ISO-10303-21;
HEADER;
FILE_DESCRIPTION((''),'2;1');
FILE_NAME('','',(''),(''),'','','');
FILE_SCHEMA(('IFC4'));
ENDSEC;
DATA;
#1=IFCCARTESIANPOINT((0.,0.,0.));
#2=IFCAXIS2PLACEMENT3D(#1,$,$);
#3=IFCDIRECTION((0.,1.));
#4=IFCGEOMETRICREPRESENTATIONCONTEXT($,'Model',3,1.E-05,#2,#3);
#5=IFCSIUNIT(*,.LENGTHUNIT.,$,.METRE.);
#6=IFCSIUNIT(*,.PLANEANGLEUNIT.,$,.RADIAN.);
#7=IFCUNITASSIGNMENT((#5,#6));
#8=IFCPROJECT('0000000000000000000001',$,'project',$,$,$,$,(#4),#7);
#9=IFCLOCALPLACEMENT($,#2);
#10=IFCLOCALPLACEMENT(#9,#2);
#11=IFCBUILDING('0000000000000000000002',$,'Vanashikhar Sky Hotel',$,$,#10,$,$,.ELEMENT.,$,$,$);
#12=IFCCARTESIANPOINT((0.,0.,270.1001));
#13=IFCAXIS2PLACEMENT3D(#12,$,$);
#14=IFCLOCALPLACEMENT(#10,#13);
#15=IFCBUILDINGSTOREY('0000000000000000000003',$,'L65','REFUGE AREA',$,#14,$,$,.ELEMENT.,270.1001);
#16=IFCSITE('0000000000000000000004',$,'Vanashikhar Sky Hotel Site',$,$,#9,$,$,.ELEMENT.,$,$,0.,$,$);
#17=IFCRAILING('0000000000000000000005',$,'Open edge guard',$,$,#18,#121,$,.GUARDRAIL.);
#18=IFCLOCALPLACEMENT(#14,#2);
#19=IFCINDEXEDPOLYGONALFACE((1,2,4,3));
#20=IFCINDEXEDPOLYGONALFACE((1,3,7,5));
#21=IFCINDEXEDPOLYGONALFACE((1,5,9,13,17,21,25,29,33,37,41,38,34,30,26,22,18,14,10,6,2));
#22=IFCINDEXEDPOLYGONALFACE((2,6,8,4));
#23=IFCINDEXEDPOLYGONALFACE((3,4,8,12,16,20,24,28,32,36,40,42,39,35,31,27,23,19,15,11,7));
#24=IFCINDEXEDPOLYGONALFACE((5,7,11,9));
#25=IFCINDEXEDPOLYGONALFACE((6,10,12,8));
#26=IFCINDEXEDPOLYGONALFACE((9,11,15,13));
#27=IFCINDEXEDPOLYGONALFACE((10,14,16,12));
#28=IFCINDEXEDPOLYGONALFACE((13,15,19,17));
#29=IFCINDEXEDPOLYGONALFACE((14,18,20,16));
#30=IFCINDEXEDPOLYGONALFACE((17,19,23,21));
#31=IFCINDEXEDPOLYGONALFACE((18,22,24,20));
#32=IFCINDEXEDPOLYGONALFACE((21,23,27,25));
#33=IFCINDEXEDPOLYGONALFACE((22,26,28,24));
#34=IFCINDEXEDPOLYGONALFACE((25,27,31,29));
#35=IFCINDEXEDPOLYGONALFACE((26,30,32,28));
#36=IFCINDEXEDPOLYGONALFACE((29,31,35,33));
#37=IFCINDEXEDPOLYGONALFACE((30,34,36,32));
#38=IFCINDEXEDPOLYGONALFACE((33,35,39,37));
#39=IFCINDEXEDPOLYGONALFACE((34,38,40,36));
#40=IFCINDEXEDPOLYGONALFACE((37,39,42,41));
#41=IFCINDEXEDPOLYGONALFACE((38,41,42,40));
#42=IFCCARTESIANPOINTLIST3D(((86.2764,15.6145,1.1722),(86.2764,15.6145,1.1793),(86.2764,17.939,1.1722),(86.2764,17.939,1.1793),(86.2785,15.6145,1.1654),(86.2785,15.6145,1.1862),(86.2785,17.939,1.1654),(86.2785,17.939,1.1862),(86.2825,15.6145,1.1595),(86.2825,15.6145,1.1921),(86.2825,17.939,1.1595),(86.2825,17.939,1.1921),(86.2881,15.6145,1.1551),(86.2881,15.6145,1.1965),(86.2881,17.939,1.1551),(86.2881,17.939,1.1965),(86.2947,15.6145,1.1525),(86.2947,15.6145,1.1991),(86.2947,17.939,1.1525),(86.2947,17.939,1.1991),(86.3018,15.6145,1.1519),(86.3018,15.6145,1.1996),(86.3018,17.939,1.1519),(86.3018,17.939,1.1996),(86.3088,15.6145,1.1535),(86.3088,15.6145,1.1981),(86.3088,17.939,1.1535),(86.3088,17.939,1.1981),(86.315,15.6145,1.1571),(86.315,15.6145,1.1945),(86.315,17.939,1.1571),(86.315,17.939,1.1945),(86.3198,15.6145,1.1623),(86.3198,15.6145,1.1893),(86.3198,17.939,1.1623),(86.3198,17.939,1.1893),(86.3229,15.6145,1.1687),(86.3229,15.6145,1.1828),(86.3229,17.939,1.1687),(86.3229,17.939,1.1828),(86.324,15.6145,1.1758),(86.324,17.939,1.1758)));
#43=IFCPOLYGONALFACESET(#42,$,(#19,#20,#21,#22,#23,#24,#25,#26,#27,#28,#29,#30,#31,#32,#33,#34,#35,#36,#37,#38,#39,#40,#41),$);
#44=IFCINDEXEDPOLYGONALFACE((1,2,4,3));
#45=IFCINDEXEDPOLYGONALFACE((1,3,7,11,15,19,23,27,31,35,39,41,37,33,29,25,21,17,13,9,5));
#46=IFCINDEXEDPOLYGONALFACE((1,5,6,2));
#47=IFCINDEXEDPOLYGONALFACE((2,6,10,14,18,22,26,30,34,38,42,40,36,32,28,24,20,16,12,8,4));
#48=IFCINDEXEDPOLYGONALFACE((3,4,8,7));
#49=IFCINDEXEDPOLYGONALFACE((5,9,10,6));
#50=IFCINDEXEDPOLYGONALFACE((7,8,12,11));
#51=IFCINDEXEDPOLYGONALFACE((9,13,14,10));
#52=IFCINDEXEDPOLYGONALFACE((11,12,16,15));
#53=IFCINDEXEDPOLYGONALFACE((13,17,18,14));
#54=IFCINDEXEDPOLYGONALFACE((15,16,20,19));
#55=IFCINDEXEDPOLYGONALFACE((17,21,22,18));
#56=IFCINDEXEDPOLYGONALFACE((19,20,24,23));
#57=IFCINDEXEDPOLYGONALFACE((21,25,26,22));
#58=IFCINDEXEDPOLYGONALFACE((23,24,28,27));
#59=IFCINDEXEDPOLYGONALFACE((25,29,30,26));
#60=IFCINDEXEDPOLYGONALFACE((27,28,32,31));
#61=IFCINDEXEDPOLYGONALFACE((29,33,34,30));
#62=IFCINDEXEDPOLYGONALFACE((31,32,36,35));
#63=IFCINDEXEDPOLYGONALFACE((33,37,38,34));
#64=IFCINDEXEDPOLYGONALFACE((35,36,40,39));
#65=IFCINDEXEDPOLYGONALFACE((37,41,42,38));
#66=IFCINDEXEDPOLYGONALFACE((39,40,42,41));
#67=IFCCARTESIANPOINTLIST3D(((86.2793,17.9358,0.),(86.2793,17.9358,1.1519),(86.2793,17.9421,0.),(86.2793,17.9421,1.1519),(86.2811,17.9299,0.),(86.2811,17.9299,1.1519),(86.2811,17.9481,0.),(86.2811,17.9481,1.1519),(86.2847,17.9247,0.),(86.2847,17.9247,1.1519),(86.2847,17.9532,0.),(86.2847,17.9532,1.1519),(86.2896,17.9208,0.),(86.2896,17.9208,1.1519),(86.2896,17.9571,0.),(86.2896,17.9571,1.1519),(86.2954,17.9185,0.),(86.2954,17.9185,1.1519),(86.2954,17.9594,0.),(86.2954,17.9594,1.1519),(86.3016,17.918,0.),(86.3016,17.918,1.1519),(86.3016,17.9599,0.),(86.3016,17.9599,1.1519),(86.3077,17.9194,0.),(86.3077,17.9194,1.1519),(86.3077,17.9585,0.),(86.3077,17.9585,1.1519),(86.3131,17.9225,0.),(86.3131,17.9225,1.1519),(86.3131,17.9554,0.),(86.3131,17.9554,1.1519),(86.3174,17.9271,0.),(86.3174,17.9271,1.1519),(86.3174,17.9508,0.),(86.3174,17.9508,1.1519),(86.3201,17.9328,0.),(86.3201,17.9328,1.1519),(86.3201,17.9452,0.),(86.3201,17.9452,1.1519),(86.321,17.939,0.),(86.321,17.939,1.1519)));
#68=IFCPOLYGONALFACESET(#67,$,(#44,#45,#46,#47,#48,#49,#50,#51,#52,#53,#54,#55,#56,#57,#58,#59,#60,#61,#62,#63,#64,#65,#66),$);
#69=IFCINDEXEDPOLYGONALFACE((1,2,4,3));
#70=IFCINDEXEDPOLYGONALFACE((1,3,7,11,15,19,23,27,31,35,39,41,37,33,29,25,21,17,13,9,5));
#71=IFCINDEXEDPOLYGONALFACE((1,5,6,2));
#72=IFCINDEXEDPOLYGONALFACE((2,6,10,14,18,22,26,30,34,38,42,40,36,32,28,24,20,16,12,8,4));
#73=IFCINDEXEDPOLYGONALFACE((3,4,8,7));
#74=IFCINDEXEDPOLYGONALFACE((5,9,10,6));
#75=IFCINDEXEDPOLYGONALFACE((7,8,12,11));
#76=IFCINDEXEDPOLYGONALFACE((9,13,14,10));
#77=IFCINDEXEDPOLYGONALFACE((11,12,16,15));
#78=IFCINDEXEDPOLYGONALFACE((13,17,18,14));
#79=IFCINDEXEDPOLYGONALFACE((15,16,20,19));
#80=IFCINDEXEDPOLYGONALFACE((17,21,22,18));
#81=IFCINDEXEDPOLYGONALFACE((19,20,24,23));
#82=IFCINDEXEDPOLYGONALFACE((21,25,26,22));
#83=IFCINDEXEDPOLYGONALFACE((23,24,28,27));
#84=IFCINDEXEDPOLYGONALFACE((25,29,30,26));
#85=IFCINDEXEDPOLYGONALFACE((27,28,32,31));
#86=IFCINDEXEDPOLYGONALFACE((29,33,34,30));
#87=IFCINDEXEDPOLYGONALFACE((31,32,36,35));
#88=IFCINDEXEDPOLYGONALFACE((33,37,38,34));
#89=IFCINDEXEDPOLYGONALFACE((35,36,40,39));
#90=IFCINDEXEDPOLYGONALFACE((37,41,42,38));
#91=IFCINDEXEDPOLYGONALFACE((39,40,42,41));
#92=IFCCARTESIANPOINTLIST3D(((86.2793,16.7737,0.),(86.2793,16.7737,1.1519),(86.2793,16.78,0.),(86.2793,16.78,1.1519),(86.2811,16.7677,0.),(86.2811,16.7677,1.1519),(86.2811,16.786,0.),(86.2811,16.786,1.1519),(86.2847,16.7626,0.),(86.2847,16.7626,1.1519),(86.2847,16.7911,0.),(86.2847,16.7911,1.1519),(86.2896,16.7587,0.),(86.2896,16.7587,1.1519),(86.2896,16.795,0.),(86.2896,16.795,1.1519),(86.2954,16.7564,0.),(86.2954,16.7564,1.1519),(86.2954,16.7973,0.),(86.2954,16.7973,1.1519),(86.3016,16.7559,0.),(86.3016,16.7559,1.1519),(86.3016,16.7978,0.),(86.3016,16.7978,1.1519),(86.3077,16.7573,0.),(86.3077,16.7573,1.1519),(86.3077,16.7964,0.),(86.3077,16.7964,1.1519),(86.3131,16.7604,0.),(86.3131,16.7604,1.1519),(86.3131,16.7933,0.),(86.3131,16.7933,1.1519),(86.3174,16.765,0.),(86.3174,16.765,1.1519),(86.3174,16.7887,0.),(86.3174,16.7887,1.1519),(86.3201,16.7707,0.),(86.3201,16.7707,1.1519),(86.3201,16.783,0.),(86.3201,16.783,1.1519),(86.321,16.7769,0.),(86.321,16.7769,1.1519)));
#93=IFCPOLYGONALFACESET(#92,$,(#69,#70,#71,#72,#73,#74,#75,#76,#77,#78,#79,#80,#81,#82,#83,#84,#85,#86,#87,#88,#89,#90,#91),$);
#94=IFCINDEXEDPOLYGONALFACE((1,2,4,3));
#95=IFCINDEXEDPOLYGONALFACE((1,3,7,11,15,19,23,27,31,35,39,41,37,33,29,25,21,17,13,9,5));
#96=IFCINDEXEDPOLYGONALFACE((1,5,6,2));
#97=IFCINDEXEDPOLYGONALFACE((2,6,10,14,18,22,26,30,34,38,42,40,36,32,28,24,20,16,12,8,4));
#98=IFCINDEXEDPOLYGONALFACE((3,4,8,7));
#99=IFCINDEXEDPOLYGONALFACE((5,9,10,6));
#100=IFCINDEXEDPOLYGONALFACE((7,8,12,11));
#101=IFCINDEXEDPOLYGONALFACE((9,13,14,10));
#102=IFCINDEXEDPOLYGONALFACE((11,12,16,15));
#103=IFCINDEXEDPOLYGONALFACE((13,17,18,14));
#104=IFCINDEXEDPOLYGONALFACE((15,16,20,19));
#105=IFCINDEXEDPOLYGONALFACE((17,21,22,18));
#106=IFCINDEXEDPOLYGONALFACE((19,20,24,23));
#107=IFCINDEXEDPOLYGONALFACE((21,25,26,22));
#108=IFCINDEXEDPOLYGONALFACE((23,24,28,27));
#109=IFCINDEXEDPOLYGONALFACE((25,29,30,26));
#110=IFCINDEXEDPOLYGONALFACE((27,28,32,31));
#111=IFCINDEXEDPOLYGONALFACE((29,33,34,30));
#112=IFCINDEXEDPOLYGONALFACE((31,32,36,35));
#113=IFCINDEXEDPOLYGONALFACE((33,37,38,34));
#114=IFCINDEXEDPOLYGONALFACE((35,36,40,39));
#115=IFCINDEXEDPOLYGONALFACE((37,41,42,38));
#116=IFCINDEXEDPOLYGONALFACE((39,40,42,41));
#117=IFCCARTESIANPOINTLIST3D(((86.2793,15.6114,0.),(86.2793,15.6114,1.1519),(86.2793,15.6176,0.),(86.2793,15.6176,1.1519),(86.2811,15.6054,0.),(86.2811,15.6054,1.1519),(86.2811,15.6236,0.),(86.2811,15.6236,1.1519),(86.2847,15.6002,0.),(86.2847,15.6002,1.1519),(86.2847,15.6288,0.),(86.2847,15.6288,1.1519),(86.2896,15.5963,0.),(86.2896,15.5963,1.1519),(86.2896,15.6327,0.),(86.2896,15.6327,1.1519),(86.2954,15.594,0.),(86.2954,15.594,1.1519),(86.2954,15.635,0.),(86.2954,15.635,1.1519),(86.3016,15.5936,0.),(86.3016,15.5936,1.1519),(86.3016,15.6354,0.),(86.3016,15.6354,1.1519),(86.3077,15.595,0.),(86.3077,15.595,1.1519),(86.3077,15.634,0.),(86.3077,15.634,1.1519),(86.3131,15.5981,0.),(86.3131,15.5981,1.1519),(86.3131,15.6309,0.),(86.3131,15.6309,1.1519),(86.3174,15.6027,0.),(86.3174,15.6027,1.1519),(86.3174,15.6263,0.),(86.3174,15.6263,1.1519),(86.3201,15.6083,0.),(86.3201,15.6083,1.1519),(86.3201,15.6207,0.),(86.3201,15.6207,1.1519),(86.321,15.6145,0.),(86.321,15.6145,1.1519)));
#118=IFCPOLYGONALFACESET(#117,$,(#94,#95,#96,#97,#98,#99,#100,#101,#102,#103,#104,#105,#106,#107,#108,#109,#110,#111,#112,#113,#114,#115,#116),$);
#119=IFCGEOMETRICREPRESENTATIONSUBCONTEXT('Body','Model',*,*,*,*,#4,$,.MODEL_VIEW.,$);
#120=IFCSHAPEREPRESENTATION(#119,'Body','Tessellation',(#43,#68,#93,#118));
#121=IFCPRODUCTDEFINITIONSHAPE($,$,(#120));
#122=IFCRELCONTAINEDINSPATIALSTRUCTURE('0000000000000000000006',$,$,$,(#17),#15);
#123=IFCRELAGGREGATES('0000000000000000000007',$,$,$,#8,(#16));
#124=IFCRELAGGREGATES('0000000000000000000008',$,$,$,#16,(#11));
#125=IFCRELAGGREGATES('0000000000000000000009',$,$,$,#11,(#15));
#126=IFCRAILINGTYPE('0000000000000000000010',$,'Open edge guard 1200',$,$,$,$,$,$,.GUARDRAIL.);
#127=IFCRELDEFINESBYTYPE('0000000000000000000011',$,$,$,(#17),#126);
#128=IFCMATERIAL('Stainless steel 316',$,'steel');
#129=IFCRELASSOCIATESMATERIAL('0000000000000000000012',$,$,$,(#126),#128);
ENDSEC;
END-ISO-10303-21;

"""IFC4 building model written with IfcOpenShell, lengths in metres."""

from ifc_helpers import new_model, si_unit, direction, frame, origin, origin_2d, place, context, subcontext, project, spatial, circle, extrude, source, transform, mapped, material, type_object, element, save


model = new_model("IFC4")

# Units and contexts
model_context = context("Model", 3, precision=1e-05, world=origin(), true_north=direction((0.0, 1.0)))
body_context = subcontext(model_context, "Body", "Model", "MODEL_VIEW")
ifc_project = project(units=[si_unit("LENGTHUNIT", "METRE"), si_unit("PLANEANGLEUNIT", "RADIAN")], contexts=[model_context])

# Site, building, storey
site_placement = place(None, origin())
site = spatial("IfcSite", under=ifc_project, at=site_placement, Name="Vanashikhar Sky Hotel Site", CompositionType="ELEMENT", RefElevation=0.0)
building_placement = place(site_placement, origin())
building = spatial("IfcBuilding", under=site, at=building_placement, Name="Vanashikhar Sky Hotel", CompositionType="ELEMENT")
storey_placement = place(building_placement, frame((0.0, 0.0, 270.1001)))
storey = spatial("IfcBuildingStorey", under=building, at=storey_placement, Name="L65", Description="REFUGE AREA", CompositionType="ELEMENT", Elevation=270.1001)

# Railing
ifc_material_1 = material(Name="Stainless steel 316", Category="steel")
railing_type = type_object("IfcRailingType", Name="Open edge guard 1200", PredefinedType="GUARDRAIL", material=ifc_material_1)
shared_shape_1 = source(origin(), body_context, "Body", "SweptSolid", [
    extrude(circle(Radius=0.0239, at=origin_2d()), frame((0.0, 0.0, 1.1758), z_axis=(0.0, -1.0, 0.0), x_axis=(1.0, 0.0, 0.0)), (0.0, 0.0, 1.0), 2.3245),
    extrude(circle(Radius=0.021, at=origin_2d()), origin(), (0.0, 0.0, 1.0), 1.1519),
    extrude(circle(Radius=0.021, at=origin_2d()), frame((0.0, -1.1621, 0.0)), (0.0, 0.0, 1.0), 1.1519),
    extrude(circle(Radius=0.021, at=origin_2d()), frame((0.0, -2.3245, 0.0)), (0.0, 0.0, 1.0), 1.1519),
])
for number, where, name in (
    (1, (86.3, 17.939, 0.0), "Open edge guard"),
):
    element("IfcRailing", number, at=place(storey_placement, frame(where)), inside=storey, type_object=railing_type, Name=name, PredefinedType="GUARDRAIL", context=body_context, shape_type="MappedRepresentation", body=[
        mapped(shared_shape_1, transform((0.0, 0.0, 0.0), scale=1.0)),
    ])

save(model, "model.ifc")
